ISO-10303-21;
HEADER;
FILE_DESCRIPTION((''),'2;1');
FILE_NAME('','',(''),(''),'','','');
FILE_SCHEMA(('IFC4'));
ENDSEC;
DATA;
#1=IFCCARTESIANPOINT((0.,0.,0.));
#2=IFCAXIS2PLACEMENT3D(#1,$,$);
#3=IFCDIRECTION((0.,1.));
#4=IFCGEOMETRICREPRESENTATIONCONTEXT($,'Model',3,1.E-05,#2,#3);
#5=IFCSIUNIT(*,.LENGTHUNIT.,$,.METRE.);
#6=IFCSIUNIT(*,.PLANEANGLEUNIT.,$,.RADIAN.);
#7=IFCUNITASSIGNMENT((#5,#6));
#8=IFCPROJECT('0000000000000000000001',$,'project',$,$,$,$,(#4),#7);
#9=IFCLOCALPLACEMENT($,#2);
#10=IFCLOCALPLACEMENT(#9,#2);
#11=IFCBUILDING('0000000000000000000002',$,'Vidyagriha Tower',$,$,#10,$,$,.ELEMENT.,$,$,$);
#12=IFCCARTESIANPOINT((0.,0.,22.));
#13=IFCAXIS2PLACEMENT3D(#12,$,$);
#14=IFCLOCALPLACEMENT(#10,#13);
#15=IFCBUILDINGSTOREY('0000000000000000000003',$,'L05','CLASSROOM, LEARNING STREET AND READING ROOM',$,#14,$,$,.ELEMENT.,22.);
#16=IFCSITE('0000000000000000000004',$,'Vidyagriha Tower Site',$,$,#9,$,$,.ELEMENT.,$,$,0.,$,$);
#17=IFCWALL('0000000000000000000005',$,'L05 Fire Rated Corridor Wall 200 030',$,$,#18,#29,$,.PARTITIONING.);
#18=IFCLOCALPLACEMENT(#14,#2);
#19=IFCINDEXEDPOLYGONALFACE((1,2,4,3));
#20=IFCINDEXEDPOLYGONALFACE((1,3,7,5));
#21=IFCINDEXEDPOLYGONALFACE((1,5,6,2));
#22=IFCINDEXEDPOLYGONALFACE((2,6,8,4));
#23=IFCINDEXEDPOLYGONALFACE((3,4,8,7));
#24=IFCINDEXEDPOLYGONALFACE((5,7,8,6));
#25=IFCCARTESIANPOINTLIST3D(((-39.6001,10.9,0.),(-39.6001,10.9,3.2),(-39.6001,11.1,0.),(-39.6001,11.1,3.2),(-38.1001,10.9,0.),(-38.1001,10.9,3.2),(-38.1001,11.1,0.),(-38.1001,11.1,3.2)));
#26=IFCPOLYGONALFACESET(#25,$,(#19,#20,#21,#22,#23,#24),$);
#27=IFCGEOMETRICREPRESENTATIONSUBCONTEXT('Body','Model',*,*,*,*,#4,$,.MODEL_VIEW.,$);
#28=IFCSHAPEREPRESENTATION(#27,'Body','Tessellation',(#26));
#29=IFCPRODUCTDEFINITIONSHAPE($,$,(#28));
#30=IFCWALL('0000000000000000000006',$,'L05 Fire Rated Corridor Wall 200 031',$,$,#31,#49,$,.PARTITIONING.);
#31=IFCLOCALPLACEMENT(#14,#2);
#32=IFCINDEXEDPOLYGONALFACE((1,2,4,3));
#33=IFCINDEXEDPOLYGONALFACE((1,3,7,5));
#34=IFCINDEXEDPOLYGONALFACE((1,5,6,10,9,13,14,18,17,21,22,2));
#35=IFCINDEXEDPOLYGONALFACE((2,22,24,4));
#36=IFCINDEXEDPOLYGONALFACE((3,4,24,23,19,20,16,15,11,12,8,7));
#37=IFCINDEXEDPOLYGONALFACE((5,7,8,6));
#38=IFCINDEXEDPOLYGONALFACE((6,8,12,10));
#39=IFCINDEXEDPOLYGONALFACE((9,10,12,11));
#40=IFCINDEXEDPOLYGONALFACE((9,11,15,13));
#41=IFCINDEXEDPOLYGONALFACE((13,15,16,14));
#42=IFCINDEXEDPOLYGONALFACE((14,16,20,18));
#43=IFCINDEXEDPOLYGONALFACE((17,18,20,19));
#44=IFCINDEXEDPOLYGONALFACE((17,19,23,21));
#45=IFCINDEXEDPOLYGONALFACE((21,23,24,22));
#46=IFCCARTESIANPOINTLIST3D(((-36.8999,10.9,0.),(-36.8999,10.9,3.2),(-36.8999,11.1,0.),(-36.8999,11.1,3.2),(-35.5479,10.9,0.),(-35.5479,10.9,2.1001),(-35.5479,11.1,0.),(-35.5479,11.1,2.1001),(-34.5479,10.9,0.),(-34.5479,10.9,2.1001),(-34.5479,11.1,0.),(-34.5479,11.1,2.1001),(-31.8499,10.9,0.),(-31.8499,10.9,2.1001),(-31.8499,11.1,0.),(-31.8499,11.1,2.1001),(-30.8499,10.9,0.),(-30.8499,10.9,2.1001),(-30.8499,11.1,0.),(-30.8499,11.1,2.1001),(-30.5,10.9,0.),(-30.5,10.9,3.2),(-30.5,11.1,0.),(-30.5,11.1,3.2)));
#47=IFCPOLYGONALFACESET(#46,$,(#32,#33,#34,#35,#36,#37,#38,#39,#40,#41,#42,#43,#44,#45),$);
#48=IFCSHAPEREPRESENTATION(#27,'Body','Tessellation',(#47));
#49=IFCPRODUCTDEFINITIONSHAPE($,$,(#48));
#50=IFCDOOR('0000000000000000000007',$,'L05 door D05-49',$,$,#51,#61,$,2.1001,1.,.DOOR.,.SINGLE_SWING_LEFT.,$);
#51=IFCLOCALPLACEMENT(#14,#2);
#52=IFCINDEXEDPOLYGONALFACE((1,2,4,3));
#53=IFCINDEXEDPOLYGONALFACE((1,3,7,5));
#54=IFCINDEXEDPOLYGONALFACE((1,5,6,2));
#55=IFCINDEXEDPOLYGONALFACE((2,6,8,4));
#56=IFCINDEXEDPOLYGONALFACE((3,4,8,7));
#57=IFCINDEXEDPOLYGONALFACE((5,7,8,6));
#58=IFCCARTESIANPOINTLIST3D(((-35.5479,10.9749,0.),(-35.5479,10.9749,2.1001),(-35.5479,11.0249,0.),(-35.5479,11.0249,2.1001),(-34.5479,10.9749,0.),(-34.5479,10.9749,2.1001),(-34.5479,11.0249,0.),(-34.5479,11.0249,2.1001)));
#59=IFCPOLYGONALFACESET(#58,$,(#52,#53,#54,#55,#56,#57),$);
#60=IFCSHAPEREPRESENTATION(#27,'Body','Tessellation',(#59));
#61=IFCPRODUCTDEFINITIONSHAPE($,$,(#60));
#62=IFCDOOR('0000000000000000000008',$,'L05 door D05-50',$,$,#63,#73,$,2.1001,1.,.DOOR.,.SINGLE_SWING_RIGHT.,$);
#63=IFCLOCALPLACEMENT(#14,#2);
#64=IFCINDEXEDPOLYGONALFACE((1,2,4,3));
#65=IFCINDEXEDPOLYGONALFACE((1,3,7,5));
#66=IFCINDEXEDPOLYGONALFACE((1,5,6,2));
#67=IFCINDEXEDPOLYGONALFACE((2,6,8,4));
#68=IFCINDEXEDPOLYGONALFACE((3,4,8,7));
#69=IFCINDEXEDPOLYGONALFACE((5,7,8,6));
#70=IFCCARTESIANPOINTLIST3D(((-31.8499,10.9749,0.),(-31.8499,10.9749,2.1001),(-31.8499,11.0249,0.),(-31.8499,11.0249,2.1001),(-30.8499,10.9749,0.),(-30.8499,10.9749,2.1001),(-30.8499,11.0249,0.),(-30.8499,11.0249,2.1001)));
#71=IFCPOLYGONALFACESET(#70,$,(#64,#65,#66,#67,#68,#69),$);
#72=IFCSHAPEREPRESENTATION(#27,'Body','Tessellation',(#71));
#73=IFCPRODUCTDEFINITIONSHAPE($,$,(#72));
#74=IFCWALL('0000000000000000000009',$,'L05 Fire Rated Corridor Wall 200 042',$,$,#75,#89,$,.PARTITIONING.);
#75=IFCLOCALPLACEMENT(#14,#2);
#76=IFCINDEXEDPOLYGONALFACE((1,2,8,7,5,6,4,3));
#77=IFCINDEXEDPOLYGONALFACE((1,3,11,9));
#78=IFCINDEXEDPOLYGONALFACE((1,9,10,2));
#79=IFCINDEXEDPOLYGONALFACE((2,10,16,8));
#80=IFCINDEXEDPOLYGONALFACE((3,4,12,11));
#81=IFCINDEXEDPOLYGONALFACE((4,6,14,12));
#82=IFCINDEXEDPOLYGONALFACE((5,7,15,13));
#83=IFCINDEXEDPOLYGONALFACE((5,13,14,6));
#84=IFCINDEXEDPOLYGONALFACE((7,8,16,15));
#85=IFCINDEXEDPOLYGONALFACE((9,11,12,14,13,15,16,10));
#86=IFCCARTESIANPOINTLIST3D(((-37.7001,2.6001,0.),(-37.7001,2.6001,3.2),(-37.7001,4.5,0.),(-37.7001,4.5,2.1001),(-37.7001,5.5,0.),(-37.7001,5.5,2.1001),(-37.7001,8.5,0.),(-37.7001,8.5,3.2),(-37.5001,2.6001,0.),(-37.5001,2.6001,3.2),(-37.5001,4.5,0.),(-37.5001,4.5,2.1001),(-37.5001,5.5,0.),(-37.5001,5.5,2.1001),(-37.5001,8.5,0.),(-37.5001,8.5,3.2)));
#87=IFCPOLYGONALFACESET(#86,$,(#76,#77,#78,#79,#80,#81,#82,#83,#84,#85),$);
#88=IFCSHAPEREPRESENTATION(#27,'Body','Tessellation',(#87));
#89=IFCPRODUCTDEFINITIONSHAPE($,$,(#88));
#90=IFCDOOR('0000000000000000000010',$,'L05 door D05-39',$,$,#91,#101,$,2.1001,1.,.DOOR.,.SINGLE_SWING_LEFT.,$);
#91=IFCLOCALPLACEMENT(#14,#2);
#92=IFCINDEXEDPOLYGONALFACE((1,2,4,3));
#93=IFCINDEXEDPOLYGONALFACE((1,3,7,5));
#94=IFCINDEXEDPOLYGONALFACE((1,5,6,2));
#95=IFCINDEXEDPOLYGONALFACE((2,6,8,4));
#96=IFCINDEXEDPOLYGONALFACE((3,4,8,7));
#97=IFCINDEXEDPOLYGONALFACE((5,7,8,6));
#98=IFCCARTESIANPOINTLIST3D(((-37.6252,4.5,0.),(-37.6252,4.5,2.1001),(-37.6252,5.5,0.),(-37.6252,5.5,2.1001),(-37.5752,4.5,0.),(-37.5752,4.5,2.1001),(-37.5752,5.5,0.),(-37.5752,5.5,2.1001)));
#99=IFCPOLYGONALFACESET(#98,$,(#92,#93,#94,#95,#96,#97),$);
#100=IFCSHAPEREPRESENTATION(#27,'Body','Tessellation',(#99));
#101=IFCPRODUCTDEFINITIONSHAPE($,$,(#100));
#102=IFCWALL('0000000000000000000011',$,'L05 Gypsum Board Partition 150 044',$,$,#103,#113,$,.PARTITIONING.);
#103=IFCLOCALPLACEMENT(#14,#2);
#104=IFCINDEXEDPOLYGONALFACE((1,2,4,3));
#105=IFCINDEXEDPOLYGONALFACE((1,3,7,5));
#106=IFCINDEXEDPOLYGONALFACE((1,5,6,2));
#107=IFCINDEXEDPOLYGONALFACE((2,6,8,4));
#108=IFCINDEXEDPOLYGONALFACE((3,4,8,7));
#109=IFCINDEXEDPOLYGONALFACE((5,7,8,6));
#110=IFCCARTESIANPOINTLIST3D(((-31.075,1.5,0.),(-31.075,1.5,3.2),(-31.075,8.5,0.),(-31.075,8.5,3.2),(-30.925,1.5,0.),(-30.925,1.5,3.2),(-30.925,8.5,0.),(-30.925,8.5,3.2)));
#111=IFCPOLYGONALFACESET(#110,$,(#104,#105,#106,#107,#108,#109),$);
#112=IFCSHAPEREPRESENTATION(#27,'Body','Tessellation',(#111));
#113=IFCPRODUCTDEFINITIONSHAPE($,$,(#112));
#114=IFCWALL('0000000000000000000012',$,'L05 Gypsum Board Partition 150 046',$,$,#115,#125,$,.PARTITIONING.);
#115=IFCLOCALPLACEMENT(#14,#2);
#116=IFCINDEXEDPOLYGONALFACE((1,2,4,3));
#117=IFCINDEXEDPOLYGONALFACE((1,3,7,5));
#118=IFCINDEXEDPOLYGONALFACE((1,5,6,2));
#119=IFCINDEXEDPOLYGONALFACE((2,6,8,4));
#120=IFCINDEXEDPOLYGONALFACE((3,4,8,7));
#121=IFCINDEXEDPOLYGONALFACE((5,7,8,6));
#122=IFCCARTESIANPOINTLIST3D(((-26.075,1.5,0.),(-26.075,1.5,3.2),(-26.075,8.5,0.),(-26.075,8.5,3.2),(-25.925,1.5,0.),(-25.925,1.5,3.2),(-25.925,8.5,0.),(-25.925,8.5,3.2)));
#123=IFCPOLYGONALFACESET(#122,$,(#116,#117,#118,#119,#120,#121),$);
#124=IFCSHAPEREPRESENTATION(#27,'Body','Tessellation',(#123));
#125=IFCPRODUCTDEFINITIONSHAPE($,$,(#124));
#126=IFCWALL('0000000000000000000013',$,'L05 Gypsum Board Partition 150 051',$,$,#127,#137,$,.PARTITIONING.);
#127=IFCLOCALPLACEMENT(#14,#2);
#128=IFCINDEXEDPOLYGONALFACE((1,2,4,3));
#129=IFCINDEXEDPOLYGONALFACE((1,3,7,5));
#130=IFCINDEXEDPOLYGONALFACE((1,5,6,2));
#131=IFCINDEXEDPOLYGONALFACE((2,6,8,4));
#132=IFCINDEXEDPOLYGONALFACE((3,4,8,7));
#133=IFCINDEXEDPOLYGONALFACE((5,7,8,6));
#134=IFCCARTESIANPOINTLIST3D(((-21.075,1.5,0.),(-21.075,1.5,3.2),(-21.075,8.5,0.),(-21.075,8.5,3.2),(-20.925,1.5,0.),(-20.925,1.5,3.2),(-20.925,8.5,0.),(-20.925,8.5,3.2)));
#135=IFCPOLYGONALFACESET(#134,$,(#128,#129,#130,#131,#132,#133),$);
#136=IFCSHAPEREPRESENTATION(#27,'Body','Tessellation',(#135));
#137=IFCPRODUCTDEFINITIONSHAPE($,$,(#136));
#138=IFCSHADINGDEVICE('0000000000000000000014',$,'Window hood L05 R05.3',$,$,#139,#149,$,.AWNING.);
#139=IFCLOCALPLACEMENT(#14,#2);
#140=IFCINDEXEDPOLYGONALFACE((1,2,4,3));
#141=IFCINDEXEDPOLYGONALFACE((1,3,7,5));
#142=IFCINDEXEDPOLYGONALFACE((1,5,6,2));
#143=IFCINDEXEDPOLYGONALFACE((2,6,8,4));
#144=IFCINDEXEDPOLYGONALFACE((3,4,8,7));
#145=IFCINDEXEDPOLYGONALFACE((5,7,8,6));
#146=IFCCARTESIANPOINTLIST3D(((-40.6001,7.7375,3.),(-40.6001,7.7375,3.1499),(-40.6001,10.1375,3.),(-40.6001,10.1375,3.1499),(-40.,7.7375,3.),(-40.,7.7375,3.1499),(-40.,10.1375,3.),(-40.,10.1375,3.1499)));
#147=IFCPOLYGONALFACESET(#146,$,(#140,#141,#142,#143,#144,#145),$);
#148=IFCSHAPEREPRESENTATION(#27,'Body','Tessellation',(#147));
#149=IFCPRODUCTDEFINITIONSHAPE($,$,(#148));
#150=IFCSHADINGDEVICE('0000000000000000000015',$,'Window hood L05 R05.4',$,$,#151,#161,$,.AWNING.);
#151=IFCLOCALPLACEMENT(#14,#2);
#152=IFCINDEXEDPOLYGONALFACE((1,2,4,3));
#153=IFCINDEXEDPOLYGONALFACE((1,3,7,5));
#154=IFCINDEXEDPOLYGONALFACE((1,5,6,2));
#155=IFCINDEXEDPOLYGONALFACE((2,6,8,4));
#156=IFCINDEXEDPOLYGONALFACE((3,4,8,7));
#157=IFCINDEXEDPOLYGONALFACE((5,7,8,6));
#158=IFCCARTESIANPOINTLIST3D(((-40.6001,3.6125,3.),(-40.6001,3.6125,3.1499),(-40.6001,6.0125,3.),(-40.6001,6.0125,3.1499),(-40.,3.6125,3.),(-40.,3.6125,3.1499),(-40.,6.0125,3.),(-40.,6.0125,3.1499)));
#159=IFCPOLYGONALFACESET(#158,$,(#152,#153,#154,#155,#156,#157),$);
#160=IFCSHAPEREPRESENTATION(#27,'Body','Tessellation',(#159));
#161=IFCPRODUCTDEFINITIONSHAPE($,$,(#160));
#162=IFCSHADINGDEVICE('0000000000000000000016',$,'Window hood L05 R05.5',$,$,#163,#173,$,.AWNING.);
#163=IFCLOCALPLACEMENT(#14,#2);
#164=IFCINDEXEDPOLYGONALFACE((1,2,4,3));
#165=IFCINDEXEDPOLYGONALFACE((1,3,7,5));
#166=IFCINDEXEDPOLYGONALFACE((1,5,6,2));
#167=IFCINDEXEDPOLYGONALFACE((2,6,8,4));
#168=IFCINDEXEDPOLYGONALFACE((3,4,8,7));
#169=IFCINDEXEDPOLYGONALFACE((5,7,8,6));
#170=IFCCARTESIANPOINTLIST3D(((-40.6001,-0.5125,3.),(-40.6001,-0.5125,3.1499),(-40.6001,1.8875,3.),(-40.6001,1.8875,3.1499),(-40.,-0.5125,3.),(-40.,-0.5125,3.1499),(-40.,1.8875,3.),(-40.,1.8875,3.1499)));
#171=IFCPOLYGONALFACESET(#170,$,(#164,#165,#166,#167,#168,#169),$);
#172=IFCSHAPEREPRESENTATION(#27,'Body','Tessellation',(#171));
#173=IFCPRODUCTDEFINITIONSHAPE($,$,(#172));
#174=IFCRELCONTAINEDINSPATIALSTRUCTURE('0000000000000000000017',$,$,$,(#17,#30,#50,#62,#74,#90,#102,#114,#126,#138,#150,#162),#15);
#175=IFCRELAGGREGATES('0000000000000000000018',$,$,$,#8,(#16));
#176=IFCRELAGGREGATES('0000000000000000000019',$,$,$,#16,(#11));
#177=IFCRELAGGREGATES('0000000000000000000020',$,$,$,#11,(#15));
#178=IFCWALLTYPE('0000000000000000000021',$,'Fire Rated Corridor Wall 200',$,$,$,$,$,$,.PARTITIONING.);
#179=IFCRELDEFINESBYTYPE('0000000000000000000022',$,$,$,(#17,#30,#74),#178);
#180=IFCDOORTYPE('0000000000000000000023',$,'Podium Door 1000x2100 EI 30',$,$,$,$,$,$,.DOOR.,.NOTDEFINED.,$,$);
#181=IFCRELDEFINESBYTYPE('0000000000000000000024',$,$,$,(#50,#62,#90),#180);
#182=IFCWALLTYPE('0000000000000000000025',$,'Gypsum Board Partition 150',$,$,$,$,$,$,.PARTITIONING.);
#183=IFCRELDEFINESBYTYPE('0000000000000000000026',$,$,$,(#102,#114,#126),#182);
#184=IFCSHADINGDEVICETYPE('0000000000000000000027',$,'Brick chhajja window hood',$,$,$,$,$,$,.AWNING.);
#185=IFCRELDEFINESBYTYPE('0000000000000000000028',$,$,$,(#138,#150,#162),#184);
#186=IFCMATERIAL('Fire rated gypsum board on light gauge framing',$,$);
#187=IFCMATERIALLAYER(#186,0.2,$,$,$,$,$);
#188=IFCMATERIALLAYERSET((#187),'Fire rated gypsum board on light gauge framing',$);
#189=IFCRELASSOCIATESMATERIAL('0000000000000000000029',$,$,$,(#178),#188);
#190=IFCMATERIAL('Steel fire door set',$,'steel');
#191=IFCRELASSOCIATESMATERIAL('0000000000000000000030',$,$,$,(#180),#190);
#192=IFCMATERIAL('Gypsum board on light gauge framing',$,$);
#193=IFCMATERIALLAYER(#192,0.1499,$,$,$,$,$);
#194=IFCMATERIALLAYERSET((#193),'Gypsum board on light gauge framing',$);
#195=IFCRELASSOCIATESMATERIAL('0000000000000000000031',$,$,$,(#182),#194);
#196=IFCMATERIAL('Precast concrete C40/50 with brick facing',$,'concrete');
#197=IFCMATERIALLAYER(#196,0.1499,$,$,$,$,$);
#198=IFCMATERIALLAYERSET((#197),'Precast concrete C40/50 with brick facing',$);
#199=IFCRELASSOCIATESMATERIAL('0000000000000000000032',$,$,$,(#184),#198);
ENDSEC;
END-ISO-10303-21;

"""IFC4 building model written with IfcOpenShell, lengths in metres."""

from ifc_helpers import new_model, si_unit, direction, frame, frame_2d, origin, origin_2d, place, context, subcontext, project, spatial, rectangle, extrude, material, layer, layer_set, type_object, element, fill, save


model = new_model("IFC4")

# Units and contexts
model_context = context("Model", 3, precision=1e-05, world=origin(), true_north=direction((0.0, 1.0)))
body_context = subcontext(model_context, "Body", "Model", "MODEL_VIEW")
ifc_project = project(units=[si_unit("LENGTHUNIT", "METRE"), si_unit("PLANEANGLEUNIT", "RADIAN")], contexts=[model_context])

# Site, building, storey
site_placement = place(None, origin())
site = spatial("IfcSite", under=ifc_project, at=site_placement, Name="Vidyagriha Tower Site", CompositionType="ELEMENT", RefElevation=0.0)
building_placement = place(site_placement, origin())
building = spatial("IfcBuilding", under=site, at=building_placement, Name="Vidyagriha Tower", CompositionType="ELEMENT")
storey_placement = place(building_placement, frame((0.0, 0.0, 22.0)))
storey = spatial("IfcBuildingStorey", under=building, at=storey_placement, Name="L05", Description="CLASSROOM, LEARNING STREET AND READING ROOM", CompositionType="ELEMENT", Elevation=22.0)

# Shared definitions
ifc_material_1 = material(Name="Fire rated gypsum board on light gauge framing")
ifc_layer_1 = layer(ifc_material_1, 0.2)
ifc_layer_set_1 = layer_set([ifc_layer_1], Name="Fire rated gypsum board on light gauge framing")
wall_type_1 = type_object("IfcWallType", Name="Fire Rated Corridor Wall 200", PredefinedType="PARTITIONING", material=ifc_layer_set_1)
ifc_material_2 = material(Name="Steel fire door set", Category="steel")
door_type_1 = type_object("IfcDoorType", Name="Podium Door 1000x2100 EI 30", OperationType="NOTDEFINED", PredefinedType="DOOR", material=ifc_material_2)

# Wall
wall_1_placement = place(storey_placement, frame((-39.6001, 11.0, 0.0)))
element("IfcWall", 1, at=wall_1_placement, inside=storey, type_object=wall_type_1, Name="L05 Fire Rated Corridor Wall 200 030", PredefinedType="PARTITIONING", context=body_context, shape_type="SweptSolid", body=[
    extrude(rectangle(XDim=1.5, YDim=0.2, at=frame_2d((0.75, 0.0))), origin(), (0.0, 0.0, 1.0), 3.2),
])

# Wall, openings, doors
wall_2_placement = place(storey_placement, frame((-36.8999, 11.0, 0.0)))
wall_2 = element("IfcWall", 2, at=wall_2_placement, inside=storey, type_object=wall_type_1, Name="L05 Fire Rated Corridor Wall 200 031", PredefinedType="PARTITIONING", context=body_context, shape_type="SweptSolid", body=[
    extrude(rectangle(XDim=6.3999, YDim=0.2, at=frame_2d((3.2, 0.0))), origin(), (0.0, 0.0, 1.0), 3.2),
])
opening_1_placement = place(wall_2_placement, frame((1.3521, 0.0, 0.0)))
opening_1 = element("IfcOpeningElement", 3, at=opening_1_placement, cuts=wall_2, PredefinedType="OPENING", context=body_context, shape_type="SweptSolid", body=[
    extrude(rectangle(XDim=1.0, YDim=2.1001, at=frame_2d((0.5, 1.05))), frame((0.0, 0.1099, 0.0), z_axis=(0.0, -1.0, 0.0), x_axis=(1.0, 0.0, 0.0)), (0.0, 0.0, 1.0), 0.22),
])
opening_2_placement = place(wall_2_placement, frame((5.05, 0.0, 0.0)))
opening_2 = element("IfcOpeningElement", 4, at=opening_2_placement, cuts=wall_2, PredefinedType="OPENING", context=body_context, shape_type="SweptSolid", body=[
    extrude(rectangle(XDim=1.0, YDim=2.1001, at=frame_2d((0.5, 1.05))), frame((0.0, 0.1099, 0.0), z_axis=(0.0, -1.0, 0.0), x_axis=(1.0, 0.0, 0.0)), (0.0, 0.0, 1.0), 0.22),
])
door_1_placement = place(opening_1_placement, origin())
door_1 = element("IfcDoor", 5, at=door_1_placement, inside=storey, type_object=door_type_1, Name="L05 door D05-49", OperationType="SINGLE_SWING_LEFT", OverallHeight=2.1001, OverallWidth=1.0, PredefinedType="DOOR", context=body_context, shape_type="SweptSolid", body=[
    extrude(rectangle(XDim=1.0, YDim=2.1001, at=frame_2d((0.5, 1.05))), frame((0.0, 0.0249, 0.0), z_axis=(0.0, -1.0, 0.0), x_axis=(1.0, 0.0, 0.0)), (0.0, 0.0, 1.0), 0.05),
])
fill(opening_1, door_1)
door_2_placement = place(opening_2_placement, origin())
door_2 = element("IfcDoor", 6, at=door_2_placement, inside=storey, type_object=door_type_1, Name="L05 door D05-50", OperationType="SINGLE_SWING_RIGHT", OverallHeight=2.1001, OverallWidth=1.0, PredefinedType="DOOR", context=body_context, shape_type="SweptSolid", body=[
    extrude(rectangle(XDim=1.0, YDim=2.1001, at=frame_2d((0.5, 1.05))), frame((0.0, 0.0249, 0.0), z_axis=(0.0, -1.0, 0.0), x_axis=(1.0, 0.0, 0.0)), (0.0, 0.0, 1.0), 0.05),
])
fill(opening_2, door_2)

# Wall, opening, door
wall_3_placement = place(storey_placement, frame((-37.6001, 2.6001, 0.0), z_axis=(0.0, 0.0, 1.0), x_axis=(0.0, 1.0, 0.0)))
wall_3 = element("IfcWall", 7, at=wall_3_placement, inside=storey, type_object=wall_type_1, Name="L05 Fire Rated Corridor Wall 200 042", PredefinedType="PARTITIONING", context=body_context, shape_type="SweptSolid", body=[
    extrude(rectangle(XDim=5.8999, YDim=0.2, at=frame_2d((2.95, 0.0))), origin(), (0.0, 0.0, 1.0), 3.2),
])
opening_3_placement = place(wall_3_placement, frame((1.8999, 0.0, 0.0)))
opening_3 = element("IfcOpeningElement", 8, at=opening_3_placement, cuts=wall_3, PredefinedType="OPENING", context=body_context, shape_type="SweptSolid", body=[
    extrude(rectangle(XDim=1.0, YDim=2.1001, at=frame_2d((0.5, 1.05))), frame((0.0, 0.1099, 0.0), z_axis=(0.0, -1.0, 0.0), x_axis=(1.0, 0.0, 0.0)), (0.0, 0.0, 1.0), 0.22),
])
door_3_placement = place(opening_3_placement, frame((1.0, 0.0, 0.0), z_axis=(0.0, 0.0, 1.0), x_axis=(-1.0, 0.0, 0.0)))
door_3 = element("IfcDoor", 9, at=door_3_placement, inside=storey, type_object=door_type_1, Name="L05 door D05-39", OperationType="SINGLE_SWING_LEFT", OverallHeight=2.1001, OverallWidth=1.0, PredefinedType="DOOR", context=body_context, shape_type="SweptSolid", body=[
    extrude(rectangle(XDim=1.0, YDim=2.1001, at=frame_2d((0.5, 1.05))), frame((0.0, 0.0249, 0.0), z_axis=(0.0, -1.0, 0.0), x_axis=(1.0, 0.0, 0.0)), (0.0, 0.0, 1.0), 0.05),
])
fill(opening_3, door_3)

# Walls
ifc_material_3 = material(Name="Gypsum board on light gauge framing")
ifc_layer_2 = layer(ifc_material_3, 0.1499)
ifc_layer_set_2 = layer_set([ifc_layer_2], Name="Gypsum board on light gauge framing")
wall_type_2 = type_object("IfcWallType", Name="Gypsum Board Partition 150", PredefinedType="PARTITIONING", material=ifc_layer_set_2)
for number, where, z_axis, x_axis, name in (
    (10, (-31.0, 1.5, 0.0), (0.0, 0.0, 1.0), (0.0, 1.0, 0.0), "L05 Gypsum Board Partition 150 044"),
    (11, (-26.0, 1.5, 0.0), (0.0, 0.0, 1.0), (0.0, 1.0, 0.0), "L05 Gypsum Board Partition 150 046"),
    (12, (-21.0, 1.5, 0.0), (0.0, 0.0, 1.0), (0.0, 1.0, 0.0), "L05 Gypsum Board Partition 150 051"),
):
    element("IfcWall", number, at=place(storey_placement, frame(where, z_axis=z_axis, x_axis=x_axis)), inside=storey, type_object=wall_type_2, Name=name, PredefinedType="PARTITIONING", context=body_context, shape_type="SweptSolid", body=[
        extrude(rectangle(XDim=7.0, YDim=0.1499, at=frame_2d((3.5, 0.0))), origin(), (0.0, 0.0, 1.0), 3.2),
    ])

# Shading devices
ifc_material_4 = material(Name="Precast concrete C40/50 with brick facing", Category="concrete")
ifc_layer_3 = layer(ifc_material_4, 0.1499)
ifc_layer_set_3 = layer_set([ifc_layer_3], Name="Precast concrete C40/50 with brick facing")
shading_device_type_1 = type_object("IfcShadingDeviceType", Name="Brick chhajja window hood", PredefinedType="AWNING", material=ifc_layer_set_3)
for number, where, z_axis, x_axis, name in (
    (13, (-40.3, 8.9375, 3.0), (0.0, 0.0, 1.0), (0.0, -1.0, 0.0), "Window hood L05 R05.3"),
    (14, (-40.3, 4.8125, 3.0), (0.0, 0.0, 1.0), (0.0, -1.0, 0.0), "Window hood L05 R05.4"),
    (15, (-40.3, 0.6875, 3.0), (0.0, 0.0, 1.0), (0.0, -1.0, 0.0), "Window hood L05 R05.5"),
):
    element("IfcShadingDevice", number, at=place(storey_placement, frame(where, z_axis=z_axis, x_axis=x_axis)), inside=storey, type_object=shading_device_type_1, Name=name, PredefinedType="AWNING", context=body_context, shape_type="SweptSolid", body=[
        extrude(rectangle(XDim=2.3999, YDim=0.6001, at=origin_2d()), origin(), (0.0, 0.0, 1.0), 0.1499),
    ])

save(model, "model.ifc")
